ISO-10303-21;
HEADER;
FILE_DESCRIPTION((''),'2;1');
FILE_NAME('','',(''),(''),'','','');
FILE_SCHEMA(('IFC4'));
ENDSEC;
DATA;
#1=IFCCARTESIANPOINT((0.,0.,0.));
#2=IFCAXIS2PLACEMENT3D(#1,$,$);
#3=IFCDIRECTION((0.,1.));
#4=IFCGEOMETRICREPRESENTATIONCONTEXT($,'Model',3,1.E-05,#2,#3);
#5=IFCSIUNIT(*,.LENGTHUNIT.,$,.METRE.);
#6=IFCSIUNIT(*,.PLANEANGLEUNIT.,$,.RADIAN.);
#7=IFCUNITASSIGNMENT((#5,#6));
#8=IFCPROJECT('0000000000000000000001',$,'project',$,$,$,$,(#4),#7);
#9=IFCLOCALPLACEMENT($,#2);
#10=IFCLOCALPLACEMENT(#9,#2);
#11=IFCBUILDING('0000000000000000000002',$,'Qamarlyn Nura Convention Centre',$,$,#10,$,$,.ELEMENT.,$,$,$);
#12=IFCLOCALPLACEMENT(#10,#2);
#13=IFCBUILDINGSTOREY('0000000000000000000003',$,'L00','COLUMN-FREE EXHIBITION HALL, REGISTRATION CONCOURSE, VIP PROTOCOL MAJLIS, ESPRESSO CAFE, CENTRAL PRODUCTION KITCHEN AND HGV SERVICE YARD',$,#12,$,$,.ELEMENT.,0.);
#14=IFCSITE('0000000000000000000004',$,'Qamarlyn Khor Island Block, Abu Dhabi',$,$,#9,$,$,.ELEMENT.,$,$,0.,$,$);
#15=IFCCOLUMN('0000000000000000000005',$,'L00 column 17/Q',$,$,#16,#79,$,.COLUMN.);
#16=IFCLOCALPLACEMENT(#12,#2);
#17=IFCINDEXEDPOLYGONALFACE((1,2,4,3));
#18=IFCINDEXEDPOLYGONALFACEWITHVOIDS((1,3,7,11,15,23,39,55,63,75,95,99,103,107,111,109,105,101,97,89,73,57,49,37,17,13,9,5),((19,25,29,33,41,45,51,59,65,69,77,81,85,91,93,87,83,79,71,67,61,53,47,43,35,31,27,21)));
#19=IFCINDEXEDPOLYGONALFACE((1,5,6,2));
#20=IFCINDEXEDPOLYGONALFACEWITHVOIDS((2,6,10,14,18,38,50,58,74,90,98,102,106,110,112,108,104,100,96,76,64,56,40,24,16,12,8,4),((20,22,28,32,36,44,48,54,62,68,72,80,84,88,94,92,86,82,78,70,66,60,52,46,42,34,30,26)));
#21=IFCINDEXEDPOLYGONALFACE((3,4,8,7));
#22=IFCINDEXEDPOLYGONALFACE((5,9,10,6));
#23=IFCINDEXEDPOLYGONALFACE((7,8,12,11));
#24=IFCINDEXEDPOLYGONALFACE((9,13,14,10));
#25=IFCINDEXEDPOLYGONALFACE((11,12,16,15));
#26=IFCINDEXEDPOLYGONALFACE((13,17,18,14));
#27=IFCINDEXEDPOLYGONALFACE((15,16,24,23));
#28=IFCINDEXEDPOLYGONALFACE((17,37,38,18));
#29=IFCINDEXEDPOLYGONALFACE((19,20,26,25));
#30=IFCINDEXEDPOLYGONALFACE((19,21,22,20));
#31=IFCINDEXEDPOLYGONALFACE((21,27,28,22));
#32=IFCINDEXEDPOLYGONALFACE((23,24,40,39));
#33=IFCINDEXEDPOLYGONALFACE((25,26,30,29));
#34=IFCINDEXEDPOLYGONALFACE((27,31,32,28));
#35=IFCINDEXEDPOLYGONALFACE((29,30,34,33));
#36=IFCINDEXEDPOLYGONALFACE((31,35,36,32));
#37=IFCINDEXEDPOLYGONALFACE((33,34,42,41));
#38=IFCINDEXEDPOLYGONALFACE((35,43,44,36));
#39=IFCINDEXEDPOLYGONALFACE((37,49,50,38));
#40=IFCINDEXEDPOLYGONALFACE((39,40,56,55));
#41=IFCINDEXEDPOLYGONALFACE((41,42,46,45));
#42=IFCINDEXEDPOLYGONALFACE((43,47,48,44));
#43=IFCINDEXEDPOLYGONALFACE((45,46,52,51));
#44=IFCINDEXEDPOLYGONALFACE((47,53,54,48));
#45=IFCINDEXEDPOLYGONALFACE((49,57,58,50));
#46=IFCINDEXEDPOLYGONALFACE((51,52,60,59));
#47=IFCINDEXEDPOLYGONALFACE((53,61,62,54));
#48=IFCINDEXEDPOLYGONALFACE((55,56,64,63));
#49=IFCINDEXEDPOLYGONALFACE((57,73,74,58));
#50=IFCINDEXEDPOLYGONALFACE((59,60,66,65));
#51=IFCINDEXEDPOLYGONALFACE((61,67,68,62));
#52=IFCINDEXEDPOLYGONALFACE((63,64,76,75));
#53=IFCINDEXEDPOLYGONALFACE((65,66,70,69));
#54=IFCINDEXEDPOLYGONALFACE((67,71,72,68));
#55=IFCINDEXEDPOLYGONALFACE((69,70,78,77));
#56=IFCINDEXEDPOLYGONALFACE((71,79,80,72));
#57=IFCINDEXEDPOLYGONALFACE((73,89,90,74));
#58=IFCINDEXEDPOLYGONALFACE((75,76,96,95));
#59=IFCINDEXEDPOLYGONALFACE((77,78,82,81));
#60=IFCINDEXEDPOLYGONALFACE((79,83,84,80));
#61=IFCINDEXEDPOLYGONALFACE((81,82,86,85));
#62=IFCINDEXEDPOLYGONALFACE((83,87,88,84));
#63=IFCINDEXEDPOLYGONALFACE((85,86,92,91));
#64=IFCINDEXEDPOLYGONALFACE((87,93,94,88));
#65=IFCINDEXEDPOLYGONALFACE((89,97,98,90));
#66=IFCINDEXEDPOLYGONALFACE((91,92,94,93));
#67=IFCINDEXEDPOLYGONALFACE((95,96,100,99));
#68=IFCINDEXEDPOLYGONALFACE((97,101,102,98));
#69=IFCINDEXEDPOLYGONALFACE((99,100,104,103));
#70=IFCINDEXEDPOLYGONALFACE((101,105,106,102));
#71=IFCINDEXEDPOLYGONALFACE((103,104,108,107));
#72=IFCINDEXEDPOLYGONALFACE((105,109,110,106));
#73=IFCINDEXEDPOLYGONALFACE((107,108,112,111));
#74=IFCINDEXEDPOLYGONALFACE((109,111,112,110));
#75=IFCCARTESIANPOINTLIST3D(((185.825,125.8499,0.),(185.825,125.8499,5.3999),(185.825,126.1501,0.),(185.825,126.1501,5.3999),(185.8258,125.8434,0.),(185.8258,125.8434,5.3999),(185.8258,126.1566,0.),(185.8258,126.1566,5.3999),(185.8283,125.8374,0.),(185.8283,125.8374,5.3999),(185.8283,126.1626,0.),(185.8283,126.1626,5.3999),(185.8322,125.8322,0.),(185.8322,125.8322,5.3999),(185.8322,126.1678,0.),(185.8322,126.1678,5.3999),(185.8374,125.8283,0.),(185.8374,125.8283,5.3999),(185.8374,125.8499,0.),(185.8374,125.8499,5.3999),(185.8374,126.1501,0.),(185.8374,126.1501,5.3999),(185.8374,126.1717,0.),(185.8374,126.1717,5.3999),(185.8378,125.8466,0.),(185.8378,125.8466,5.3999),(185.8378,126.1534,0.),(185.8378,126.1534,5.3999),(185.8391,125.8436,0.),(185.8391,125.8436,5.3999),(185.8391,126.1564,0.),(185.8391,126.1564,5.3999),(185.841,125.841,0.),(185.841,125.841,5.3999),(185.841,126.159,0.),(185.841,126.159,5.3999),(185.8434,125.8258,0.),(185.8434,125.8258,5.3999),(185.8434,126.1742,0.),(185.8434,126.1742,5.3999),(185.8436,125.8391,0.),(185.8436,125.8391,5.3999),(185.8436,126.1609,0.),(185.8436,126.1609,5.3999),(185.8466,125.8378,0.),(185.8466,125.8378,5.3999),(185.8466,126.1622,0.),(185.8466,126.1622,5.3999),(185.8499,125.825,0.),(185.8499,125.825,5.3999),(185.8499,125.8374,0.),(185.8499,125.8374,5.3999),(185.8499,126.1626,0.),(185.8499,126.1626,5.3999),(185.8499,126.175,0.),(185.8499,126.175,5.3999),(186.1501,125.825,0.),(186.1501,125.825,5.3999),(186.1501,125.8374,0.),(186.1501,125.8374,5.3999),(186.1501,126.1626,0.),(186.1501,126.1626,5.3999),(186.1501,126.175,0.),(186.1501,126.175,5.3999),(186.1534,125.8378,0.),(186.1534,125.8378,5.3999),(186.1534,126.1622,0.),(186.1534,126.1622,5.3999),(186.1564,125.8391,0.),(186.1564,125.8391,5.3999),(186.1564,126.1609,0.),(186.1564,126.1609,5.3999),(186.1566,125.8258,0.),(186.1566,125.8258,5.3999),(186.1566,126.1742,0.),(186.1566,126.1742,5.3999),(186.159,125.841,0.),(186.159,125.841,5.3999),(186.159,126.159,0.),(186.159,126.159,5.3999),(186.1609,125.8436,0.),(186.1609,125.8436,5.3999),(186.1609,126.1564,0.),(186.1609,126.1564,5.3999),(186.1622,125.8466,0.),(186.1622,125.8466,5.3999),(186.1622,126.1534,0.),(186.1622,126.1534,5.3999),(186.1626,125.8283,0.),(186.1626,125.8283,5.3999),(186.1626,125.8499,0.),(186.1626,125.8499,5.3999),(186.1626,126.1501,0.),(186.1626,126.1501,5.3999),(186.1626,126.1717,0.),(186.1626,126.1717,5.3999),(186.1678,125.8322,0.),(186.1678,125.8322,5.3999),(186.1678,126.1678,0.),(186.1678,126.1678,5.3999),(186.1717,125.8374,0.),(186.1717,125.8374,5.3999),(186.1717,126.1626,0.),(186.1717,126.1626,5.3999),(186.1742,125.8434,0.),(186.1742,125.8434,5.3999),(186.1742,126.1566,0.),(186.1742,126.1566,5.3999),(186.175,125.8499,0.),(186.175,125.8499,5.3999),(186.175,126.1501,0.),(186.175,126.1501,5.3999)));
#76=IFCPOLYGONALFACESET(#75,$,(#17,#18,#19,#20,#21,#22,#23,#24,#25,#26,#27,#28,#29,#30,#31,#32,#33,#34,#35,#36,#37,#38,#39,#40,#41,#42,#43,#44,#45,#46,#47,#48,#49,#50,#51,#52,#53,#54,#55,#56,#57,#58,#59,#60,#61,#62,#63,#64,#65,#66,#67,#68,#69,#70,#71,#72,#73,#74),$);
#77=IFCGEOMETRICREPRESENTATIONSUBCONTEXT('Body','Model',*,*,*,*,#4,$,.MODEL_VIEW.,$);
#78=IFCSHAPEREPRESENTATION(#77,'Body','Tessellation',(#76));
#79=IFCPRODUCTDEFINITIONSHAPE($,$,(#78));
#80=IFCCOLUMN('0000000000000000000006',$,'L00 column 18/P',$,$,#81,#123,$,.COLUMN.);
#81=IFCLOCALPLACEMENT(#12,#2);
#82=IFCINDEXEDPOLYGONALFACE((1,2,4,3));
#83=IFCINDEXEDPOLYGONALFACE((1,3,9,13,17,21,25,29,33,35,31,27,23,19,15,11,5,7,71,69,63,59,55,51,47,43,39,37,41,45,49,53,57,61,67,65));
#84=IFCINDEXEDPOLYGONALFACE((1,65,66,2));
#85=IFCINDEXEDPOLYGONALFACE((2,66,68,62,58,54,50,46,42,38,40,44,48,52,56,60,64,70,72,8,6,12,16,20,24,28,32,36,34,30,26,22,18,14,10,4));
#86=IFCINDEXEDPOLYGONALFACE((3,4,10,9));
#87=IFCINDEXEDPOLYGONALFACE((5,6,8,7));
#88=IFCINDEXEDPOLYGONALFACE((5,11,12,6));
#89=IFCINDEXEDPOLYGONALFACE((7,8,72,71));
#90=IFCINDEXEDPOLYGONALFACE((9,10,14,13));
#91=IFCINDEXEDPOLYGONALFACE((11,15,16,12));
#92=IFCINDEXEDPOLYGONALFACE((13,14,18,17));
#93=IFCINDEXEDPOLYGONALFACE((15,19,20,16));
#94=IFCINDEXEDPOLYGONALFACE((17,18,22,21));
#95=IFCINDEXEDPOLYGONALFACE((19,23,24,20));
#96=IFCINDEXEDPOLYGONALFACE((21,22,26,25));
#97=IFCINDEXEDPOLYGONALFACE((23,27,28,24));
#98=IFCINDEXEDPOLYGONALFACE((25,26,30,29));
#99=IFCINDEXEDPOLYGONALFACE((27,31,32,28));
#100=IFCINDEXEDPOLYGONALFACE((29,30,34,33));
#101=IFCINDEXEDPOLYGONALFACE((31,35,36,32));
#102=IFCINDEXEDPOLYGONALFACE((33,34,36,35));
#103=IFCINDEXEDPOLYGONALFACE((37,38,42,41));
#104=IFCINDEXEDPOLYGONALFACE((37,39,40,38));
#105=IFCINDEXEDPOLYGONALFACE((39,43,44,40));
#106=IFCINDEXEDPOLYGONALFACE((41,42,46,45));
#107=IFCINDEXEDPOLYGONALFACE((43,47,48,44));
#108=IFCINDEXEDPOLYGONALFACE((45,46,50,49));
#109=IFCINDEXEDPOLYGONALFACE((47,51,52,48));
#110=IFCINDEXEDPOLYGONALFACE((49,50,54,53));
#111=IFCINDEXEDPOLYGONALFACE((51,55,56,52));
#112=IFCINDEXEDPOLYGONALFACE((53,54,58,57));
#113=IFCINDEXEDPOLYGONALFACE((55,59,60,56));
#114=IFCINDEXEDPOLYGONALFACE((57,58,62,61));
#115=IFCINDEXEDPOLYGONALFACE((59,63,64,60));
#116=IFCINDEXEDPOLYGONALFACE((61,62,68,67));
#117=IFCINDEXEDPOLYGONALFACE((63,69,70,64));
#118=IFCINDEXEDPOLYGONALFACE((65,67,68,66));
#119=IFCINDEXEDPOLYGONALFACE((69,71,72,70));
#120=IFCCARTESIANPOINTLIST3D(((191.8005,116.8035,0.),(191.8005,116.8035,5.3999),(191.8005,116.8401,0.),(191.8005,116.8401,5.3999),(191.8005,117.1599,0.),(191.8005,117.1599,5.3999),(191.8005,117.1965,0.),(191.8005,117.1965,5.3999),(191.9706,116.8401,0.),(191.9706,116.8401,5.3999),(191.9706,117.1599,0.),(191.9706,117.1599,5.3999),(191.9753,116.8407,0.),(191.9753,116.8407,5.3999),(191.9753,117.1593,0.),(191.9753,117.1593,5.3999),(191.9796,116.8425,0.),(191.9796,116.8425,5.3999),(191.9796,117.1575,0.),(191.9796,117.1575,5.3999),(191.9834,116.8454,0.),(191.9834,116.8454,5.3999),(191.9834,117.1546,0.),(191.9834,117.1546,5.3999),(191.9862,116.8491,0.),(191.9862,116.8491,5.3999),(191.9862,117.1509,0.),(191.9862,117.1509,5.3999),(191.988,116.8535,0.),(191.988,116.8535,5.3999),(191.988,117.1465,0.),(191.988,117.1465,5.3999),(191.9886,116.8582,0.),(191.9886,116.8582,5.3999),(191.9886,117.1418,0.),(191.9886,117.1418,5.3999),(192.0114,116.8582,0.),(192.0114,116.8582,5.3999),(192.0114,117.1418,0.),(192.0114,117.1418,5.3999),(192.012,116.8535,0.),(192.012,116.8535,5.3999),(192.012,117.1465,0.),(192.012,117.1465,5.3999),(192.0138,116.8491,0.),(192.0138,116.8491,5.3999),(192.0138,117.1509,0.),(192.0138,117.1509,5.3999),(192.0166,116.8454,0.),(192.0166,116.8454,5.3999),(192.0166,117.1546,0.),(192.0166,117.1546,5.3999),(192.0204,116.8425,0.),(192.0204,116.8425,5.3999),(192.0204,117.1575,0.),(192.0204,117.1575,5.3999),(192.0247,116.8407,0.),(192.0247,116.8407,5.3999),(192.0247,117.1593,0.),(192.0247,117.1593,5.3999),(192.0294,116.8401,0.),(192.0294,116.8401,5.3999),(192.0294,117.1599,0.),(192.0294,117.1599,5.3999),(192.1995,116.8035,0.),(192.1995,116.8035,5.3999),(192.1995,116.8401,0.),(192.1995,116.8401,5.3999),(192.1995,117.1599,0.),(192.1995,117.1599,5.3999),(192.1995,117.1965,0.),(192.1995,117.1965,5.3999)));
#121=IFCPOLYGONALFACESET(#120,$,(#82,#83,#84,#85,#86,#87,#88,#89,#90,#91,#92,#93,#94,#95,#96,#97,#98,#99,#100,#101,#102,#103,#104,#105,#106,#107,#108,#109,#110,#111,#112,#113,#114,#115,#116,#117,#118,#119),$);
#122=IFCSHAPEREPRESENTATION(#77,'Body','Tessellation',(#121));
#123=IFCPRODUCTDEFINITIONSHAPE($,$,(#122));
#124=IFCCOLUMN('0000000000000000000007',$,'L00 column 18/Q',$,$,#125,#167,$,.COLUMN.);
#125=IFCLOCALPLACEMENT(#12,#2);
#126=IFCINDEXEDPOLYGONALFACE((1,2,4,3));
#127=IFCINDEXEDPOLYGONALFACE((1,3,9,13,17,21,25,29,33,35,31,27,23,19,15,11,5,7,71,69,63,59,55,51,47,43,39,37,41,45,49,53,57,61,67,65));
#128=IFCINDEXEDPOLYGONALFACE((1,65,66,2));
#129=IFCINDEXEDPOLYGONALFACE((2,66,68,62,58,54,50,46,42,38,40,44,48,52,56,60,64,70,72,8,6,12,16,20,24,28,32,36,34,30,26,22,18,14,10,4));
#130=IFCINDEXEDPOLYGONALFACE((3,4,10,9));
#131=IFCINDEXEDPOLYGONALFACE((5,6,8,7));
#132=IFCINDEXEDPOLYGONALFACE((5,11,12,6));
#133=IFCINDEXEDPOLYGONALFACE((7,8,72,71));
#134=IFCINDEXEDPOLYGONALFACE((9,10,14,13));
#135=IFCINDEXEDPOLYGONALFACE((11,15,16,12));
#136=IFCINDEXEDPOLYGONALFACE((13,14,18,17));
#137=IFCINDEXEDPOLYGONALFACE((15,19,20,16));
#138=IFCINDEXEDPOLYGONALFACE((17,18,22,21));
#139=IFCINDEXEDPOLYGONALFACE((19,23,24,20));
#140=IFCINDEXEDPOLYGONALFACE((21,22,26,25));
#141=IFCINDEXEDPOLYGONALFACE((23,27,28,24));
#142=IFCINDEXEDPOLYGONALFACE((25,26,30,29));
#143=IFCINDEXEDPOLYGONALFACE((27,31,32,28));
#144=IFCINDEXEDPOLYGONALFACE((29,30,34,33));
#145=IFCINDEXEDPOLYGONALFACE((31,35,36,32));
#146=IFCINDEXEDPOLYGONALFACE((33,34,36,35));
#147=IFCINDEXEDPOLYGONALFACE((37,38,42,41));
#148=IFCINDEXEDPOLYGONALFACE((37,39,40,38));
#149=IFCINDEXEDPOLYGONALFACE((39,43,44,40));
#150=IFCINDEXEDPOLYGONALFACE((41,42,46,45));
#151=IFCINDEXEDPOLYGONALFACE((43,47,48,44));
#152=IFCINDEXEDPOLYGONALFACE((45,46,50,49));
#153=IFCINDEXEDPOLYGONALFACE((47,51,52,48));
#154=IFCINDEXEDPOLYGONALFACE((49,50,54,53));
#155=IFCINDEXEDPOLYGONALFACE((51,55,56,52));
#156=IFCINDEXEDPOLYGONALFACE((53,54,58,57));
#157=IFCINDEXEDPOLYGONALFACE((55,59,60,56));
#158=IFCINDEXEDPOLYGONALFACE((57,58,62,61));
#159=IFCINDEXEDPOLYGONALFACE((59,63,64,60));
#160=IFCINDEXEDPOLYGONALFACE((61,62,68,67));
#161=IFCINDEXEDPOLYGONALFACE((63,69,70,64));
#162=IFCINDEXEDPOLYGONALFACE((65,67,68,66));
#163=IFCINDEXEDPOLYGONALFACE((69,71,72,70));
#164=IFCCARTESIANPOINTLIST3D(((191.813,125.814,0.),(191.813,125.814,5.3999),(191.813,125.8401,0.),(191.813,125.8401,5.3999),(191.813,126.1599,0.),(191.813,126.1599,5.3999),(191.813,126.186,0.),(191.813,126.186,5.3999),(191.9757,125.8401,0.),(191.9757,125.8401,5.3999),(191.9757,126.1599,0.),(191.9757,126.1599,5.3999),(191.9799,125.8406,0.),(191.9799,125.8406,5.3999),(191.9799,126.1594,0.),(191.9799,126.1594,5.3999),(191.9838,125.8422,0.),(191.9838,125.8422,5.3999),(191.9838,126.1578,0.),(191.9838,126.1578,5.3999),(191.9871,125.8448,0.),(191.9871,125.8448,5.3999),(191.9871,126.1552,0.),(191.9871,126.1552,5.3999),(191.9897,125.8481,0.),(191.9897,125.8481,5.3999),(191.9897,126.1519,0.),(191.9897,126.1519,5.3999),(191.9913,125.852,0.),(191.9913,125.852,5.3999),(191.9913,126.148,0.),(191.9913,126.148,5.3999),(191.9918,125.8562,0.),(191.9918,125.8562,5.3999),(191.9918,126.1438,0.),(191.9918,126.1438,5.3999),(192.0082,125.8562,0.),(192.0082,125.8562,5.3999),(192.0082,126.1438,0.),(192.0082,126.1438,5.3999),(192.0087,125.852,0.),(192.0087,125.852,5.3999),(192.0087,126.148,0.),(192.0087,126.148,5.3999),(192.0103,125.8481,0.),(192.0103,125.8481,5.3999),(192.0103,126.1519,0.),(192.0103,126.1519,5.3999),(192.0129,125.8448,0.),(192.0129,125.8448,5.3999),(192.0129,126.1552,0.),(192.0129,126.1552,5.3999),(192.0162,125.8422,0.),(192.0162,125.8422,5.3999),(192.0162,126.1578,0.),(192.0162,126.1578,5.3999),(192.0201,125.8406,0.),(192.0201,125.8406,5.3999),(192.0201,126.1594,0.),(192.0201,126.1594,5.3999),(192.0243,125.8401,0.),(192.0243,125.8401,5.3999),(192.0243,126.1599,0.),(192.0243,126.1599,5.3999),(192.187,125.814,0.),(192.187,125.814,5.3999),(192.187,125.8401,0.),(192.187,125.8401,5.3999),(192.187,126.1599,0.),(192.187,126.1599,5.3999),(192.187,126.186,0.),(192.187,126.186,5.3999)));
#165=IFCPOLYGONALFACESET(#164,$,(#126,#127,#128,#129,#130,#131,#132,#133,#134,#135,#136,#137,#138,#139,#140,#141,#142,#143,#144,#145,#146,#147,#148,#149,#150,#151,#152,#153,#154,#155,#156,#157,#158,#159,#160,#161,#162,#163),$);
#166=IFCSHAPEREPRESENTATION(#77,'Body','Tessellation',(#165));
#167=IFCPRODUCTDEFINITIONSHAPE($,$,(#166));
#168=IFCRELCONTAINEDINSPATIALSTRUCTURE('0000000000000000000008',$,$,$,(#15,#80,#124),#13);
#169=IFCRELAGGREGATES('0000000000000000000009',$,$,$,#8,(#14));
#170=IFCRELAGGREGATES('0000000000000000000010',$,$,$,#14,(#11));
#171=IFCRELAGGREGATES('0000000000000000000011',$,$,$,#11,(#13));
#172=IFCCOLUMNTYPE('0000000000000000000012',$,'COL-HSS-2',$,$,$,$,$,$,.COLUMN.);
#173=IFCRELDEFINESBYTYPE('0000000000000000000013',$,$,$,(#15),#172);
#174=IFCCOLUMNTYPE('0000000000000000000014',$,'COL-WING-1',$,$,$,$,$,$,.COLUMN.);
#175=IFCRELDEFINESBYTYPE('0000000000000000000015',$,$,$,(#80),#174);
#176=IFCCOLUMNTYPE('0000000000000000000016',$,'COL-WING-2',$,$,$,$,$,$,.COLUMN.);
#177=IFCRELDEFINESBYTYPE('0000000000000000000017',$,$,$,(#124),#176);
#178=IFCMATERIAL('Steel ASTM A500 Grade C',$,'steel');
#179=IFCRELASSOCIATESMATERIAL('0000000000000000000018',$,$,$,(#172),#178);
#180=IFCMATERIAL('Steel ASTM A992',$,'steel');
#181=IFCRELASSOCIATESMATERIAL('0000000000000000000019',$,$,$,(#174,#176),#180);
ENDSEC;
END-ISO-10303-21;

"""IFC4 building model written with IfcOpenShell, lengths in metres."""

from ifc_helpers import new_model, si_unit, direction, frame, origin, origin_2d, place, context, subcontext, project, spatial, hollow_rectangle, i_section, extrude, material, material_profile, profile_set, type_object, element, save


model = new_model("IFC4")

# Units and contexts
model_context = context("Model", 3, precision=1e-05, world=origin(), true_north=direction((0.0, 1.0)))
body_context = subcontext(model_context, "Body", "Model", "MODEL_VIEW")
ifc_project = project(units=[si_unit("LENGTHUNIT", "METRE"), si_unit("PLANEANGLEUNIT", "RADIAN")], contexts=[model_context])

# Site, building, storey
site_placement = place(None, origin())
site = spatial("IfcSite", under=ifc_project, at=site_placement, Name="Qamarlyn Khor Island Block, Abu Dhabi", CompositionType="ELEMENT", RefElevation=0.0)
building_placement = place(site_placement, origin())
building = spatial("IfcBuilding", under=site, at=building_placement, Name="Qamarlyn Nura Convention Centre", CompositionType="ELEMENT")
storey_placement = place(building_placement, origin())
storey = spatial("IfcBuildingStorey", under=building, at=storey_placement, Name="L00", Description="COLUMN-FREE EXHIBITION HALL, REGISTRATION CONCOURSE, VIP PROTOCOL MAJLIS, ESPRESSO CAFE, CENTRAL PRODUCTION KITCHEN AND HGV SERVICE YARD", CompositionType="ELEMENT", Elevation=0.0)

# Columns
ifc_material_1 = material(Name="Steel ASTM A500 Grade C", Category="steel")
ifc_material_profile_1 = material_profile(ifc_material_1, hollow_rectangle(XDim=0.3501, YDim=0.3501, WallThickness=0.0125, InnerFilletRadius=0.0125, OuterFilletRadius=0.0249, at=origin_2d()), Name="HSS350X350X12.5")
ifc_profile_set_1 = profile_set([ifc_material_profile_1], Name="Steel ASTM A500 Grade C")
column_type_1 = type_object("IfcColumnType", Name="COL-HSS-2", PredefinedType="COLUMN", material=ifc_profile_set_1)
column_1_placement = place(storey_placement, frame((186.0, 126.0, 0.0), z_axis=(0.0, 0.0, 1.0), x_axis=(1.0, 0.0, 0.0)))
element("IfcColumn", 1, at=column_1_placement, inside=storey, type_object=column_type_1, Name="L00 column 17/Q", PredefinedType="COLUMN", context=body_context, shape_type="SweptSolid", body=[
    extrude(hollow_rectangle(XDim=0.3501, YDim=0.3501, WallThickness=0.0125, InnerFilletRadius=0.0125, OuterFilletRadius=0.0249, at=origin_2d()), origin(), (0.0, 0.0, 1.0), 5.3999),
])
ifc_material_2 = material(Name="Steel ASTM A992", Category="steel")
ifc_material_profile_2 = material_profile(ifc_material_2, i_section(OverallWidth=0.3989, OverallDepth=0.3931, WebThickness=0.0227, FlangeThickness=0.0366, FilletRadius=0.0181, at=origin_2d()), Name="W360X287")
ifc_profile_set_2 = profile_set([ifc_material_profile_2], Name="Steel ASTM A992")
column_type_2 = type_object("IfcColumnType", Name="COL-WING-1", PredefinedType="COLUMN", material=ifc_profile_set_2)
column_2_placement = place(storey_placement, frame((192.0, 117.0, 0.0), z_axis=(0.0, 0.0, 1.0), x_axis=(1.0, 0.0, 0.0)))
element("IfcColumn", 2, at=column_2_placement, inside=storey, type_object=column_type_2, Name="L00 column 18/P", PredefinedType="COLUMN", context=body_context, shape_type="SweptSolid", body=[
    extrude(i_section(OverallWidth=0.3989, OverallDepth=0.3931, WebThickness=0.0227, FlangeThickness=0.0366, FilletRadius=0.0181, at=origin_2d()), origin(), (0.0, 0.0, 1.0), 5.3999),
])
ifc_material_profile_3 = material_profile(ifc_material_2, i_section(OverallWidth=0.374, OverallDepth=0.3721, WebThickness=0.0164, FlangeThickness=0.0261, FilletRadius=0.0161, at=origin_2d()), Name="W360X196")
ifc_profile_set_3 = profile_set([ifc_material_profile_3], Name="Steel ASTM A992")
column_type_3 = type_object("IfcColumnType", Name="COL-WING-2", PredefinedType="COLUMN", material=ifc_profile_set_3)
column_3_placement = place(storey_placement, frame((192.0, 126.0, 0.0), z_axis=(0.0, 0.0, 1.0), x_axis=(1.0, 0.0, 0.0)))
element("IfcColumn", 3, at=column_3_placement, inside=storey, type_object=column_type_3, Name="L00 column 18/Q", PredefinedType="COLUMN", context=body_context, shape_type="SweptSolid", body=[
    extrude(i_section(OverallWidth=0.374, OverallDepth=0.3721, WebThickness=0.0164, FlangeThickness=0.0261, FilletRadius=0.0161, at=origin_2d()), origin(), (0.0, 0.0, 1.0), 5.3999),
])

save(model, "model.ifc")
